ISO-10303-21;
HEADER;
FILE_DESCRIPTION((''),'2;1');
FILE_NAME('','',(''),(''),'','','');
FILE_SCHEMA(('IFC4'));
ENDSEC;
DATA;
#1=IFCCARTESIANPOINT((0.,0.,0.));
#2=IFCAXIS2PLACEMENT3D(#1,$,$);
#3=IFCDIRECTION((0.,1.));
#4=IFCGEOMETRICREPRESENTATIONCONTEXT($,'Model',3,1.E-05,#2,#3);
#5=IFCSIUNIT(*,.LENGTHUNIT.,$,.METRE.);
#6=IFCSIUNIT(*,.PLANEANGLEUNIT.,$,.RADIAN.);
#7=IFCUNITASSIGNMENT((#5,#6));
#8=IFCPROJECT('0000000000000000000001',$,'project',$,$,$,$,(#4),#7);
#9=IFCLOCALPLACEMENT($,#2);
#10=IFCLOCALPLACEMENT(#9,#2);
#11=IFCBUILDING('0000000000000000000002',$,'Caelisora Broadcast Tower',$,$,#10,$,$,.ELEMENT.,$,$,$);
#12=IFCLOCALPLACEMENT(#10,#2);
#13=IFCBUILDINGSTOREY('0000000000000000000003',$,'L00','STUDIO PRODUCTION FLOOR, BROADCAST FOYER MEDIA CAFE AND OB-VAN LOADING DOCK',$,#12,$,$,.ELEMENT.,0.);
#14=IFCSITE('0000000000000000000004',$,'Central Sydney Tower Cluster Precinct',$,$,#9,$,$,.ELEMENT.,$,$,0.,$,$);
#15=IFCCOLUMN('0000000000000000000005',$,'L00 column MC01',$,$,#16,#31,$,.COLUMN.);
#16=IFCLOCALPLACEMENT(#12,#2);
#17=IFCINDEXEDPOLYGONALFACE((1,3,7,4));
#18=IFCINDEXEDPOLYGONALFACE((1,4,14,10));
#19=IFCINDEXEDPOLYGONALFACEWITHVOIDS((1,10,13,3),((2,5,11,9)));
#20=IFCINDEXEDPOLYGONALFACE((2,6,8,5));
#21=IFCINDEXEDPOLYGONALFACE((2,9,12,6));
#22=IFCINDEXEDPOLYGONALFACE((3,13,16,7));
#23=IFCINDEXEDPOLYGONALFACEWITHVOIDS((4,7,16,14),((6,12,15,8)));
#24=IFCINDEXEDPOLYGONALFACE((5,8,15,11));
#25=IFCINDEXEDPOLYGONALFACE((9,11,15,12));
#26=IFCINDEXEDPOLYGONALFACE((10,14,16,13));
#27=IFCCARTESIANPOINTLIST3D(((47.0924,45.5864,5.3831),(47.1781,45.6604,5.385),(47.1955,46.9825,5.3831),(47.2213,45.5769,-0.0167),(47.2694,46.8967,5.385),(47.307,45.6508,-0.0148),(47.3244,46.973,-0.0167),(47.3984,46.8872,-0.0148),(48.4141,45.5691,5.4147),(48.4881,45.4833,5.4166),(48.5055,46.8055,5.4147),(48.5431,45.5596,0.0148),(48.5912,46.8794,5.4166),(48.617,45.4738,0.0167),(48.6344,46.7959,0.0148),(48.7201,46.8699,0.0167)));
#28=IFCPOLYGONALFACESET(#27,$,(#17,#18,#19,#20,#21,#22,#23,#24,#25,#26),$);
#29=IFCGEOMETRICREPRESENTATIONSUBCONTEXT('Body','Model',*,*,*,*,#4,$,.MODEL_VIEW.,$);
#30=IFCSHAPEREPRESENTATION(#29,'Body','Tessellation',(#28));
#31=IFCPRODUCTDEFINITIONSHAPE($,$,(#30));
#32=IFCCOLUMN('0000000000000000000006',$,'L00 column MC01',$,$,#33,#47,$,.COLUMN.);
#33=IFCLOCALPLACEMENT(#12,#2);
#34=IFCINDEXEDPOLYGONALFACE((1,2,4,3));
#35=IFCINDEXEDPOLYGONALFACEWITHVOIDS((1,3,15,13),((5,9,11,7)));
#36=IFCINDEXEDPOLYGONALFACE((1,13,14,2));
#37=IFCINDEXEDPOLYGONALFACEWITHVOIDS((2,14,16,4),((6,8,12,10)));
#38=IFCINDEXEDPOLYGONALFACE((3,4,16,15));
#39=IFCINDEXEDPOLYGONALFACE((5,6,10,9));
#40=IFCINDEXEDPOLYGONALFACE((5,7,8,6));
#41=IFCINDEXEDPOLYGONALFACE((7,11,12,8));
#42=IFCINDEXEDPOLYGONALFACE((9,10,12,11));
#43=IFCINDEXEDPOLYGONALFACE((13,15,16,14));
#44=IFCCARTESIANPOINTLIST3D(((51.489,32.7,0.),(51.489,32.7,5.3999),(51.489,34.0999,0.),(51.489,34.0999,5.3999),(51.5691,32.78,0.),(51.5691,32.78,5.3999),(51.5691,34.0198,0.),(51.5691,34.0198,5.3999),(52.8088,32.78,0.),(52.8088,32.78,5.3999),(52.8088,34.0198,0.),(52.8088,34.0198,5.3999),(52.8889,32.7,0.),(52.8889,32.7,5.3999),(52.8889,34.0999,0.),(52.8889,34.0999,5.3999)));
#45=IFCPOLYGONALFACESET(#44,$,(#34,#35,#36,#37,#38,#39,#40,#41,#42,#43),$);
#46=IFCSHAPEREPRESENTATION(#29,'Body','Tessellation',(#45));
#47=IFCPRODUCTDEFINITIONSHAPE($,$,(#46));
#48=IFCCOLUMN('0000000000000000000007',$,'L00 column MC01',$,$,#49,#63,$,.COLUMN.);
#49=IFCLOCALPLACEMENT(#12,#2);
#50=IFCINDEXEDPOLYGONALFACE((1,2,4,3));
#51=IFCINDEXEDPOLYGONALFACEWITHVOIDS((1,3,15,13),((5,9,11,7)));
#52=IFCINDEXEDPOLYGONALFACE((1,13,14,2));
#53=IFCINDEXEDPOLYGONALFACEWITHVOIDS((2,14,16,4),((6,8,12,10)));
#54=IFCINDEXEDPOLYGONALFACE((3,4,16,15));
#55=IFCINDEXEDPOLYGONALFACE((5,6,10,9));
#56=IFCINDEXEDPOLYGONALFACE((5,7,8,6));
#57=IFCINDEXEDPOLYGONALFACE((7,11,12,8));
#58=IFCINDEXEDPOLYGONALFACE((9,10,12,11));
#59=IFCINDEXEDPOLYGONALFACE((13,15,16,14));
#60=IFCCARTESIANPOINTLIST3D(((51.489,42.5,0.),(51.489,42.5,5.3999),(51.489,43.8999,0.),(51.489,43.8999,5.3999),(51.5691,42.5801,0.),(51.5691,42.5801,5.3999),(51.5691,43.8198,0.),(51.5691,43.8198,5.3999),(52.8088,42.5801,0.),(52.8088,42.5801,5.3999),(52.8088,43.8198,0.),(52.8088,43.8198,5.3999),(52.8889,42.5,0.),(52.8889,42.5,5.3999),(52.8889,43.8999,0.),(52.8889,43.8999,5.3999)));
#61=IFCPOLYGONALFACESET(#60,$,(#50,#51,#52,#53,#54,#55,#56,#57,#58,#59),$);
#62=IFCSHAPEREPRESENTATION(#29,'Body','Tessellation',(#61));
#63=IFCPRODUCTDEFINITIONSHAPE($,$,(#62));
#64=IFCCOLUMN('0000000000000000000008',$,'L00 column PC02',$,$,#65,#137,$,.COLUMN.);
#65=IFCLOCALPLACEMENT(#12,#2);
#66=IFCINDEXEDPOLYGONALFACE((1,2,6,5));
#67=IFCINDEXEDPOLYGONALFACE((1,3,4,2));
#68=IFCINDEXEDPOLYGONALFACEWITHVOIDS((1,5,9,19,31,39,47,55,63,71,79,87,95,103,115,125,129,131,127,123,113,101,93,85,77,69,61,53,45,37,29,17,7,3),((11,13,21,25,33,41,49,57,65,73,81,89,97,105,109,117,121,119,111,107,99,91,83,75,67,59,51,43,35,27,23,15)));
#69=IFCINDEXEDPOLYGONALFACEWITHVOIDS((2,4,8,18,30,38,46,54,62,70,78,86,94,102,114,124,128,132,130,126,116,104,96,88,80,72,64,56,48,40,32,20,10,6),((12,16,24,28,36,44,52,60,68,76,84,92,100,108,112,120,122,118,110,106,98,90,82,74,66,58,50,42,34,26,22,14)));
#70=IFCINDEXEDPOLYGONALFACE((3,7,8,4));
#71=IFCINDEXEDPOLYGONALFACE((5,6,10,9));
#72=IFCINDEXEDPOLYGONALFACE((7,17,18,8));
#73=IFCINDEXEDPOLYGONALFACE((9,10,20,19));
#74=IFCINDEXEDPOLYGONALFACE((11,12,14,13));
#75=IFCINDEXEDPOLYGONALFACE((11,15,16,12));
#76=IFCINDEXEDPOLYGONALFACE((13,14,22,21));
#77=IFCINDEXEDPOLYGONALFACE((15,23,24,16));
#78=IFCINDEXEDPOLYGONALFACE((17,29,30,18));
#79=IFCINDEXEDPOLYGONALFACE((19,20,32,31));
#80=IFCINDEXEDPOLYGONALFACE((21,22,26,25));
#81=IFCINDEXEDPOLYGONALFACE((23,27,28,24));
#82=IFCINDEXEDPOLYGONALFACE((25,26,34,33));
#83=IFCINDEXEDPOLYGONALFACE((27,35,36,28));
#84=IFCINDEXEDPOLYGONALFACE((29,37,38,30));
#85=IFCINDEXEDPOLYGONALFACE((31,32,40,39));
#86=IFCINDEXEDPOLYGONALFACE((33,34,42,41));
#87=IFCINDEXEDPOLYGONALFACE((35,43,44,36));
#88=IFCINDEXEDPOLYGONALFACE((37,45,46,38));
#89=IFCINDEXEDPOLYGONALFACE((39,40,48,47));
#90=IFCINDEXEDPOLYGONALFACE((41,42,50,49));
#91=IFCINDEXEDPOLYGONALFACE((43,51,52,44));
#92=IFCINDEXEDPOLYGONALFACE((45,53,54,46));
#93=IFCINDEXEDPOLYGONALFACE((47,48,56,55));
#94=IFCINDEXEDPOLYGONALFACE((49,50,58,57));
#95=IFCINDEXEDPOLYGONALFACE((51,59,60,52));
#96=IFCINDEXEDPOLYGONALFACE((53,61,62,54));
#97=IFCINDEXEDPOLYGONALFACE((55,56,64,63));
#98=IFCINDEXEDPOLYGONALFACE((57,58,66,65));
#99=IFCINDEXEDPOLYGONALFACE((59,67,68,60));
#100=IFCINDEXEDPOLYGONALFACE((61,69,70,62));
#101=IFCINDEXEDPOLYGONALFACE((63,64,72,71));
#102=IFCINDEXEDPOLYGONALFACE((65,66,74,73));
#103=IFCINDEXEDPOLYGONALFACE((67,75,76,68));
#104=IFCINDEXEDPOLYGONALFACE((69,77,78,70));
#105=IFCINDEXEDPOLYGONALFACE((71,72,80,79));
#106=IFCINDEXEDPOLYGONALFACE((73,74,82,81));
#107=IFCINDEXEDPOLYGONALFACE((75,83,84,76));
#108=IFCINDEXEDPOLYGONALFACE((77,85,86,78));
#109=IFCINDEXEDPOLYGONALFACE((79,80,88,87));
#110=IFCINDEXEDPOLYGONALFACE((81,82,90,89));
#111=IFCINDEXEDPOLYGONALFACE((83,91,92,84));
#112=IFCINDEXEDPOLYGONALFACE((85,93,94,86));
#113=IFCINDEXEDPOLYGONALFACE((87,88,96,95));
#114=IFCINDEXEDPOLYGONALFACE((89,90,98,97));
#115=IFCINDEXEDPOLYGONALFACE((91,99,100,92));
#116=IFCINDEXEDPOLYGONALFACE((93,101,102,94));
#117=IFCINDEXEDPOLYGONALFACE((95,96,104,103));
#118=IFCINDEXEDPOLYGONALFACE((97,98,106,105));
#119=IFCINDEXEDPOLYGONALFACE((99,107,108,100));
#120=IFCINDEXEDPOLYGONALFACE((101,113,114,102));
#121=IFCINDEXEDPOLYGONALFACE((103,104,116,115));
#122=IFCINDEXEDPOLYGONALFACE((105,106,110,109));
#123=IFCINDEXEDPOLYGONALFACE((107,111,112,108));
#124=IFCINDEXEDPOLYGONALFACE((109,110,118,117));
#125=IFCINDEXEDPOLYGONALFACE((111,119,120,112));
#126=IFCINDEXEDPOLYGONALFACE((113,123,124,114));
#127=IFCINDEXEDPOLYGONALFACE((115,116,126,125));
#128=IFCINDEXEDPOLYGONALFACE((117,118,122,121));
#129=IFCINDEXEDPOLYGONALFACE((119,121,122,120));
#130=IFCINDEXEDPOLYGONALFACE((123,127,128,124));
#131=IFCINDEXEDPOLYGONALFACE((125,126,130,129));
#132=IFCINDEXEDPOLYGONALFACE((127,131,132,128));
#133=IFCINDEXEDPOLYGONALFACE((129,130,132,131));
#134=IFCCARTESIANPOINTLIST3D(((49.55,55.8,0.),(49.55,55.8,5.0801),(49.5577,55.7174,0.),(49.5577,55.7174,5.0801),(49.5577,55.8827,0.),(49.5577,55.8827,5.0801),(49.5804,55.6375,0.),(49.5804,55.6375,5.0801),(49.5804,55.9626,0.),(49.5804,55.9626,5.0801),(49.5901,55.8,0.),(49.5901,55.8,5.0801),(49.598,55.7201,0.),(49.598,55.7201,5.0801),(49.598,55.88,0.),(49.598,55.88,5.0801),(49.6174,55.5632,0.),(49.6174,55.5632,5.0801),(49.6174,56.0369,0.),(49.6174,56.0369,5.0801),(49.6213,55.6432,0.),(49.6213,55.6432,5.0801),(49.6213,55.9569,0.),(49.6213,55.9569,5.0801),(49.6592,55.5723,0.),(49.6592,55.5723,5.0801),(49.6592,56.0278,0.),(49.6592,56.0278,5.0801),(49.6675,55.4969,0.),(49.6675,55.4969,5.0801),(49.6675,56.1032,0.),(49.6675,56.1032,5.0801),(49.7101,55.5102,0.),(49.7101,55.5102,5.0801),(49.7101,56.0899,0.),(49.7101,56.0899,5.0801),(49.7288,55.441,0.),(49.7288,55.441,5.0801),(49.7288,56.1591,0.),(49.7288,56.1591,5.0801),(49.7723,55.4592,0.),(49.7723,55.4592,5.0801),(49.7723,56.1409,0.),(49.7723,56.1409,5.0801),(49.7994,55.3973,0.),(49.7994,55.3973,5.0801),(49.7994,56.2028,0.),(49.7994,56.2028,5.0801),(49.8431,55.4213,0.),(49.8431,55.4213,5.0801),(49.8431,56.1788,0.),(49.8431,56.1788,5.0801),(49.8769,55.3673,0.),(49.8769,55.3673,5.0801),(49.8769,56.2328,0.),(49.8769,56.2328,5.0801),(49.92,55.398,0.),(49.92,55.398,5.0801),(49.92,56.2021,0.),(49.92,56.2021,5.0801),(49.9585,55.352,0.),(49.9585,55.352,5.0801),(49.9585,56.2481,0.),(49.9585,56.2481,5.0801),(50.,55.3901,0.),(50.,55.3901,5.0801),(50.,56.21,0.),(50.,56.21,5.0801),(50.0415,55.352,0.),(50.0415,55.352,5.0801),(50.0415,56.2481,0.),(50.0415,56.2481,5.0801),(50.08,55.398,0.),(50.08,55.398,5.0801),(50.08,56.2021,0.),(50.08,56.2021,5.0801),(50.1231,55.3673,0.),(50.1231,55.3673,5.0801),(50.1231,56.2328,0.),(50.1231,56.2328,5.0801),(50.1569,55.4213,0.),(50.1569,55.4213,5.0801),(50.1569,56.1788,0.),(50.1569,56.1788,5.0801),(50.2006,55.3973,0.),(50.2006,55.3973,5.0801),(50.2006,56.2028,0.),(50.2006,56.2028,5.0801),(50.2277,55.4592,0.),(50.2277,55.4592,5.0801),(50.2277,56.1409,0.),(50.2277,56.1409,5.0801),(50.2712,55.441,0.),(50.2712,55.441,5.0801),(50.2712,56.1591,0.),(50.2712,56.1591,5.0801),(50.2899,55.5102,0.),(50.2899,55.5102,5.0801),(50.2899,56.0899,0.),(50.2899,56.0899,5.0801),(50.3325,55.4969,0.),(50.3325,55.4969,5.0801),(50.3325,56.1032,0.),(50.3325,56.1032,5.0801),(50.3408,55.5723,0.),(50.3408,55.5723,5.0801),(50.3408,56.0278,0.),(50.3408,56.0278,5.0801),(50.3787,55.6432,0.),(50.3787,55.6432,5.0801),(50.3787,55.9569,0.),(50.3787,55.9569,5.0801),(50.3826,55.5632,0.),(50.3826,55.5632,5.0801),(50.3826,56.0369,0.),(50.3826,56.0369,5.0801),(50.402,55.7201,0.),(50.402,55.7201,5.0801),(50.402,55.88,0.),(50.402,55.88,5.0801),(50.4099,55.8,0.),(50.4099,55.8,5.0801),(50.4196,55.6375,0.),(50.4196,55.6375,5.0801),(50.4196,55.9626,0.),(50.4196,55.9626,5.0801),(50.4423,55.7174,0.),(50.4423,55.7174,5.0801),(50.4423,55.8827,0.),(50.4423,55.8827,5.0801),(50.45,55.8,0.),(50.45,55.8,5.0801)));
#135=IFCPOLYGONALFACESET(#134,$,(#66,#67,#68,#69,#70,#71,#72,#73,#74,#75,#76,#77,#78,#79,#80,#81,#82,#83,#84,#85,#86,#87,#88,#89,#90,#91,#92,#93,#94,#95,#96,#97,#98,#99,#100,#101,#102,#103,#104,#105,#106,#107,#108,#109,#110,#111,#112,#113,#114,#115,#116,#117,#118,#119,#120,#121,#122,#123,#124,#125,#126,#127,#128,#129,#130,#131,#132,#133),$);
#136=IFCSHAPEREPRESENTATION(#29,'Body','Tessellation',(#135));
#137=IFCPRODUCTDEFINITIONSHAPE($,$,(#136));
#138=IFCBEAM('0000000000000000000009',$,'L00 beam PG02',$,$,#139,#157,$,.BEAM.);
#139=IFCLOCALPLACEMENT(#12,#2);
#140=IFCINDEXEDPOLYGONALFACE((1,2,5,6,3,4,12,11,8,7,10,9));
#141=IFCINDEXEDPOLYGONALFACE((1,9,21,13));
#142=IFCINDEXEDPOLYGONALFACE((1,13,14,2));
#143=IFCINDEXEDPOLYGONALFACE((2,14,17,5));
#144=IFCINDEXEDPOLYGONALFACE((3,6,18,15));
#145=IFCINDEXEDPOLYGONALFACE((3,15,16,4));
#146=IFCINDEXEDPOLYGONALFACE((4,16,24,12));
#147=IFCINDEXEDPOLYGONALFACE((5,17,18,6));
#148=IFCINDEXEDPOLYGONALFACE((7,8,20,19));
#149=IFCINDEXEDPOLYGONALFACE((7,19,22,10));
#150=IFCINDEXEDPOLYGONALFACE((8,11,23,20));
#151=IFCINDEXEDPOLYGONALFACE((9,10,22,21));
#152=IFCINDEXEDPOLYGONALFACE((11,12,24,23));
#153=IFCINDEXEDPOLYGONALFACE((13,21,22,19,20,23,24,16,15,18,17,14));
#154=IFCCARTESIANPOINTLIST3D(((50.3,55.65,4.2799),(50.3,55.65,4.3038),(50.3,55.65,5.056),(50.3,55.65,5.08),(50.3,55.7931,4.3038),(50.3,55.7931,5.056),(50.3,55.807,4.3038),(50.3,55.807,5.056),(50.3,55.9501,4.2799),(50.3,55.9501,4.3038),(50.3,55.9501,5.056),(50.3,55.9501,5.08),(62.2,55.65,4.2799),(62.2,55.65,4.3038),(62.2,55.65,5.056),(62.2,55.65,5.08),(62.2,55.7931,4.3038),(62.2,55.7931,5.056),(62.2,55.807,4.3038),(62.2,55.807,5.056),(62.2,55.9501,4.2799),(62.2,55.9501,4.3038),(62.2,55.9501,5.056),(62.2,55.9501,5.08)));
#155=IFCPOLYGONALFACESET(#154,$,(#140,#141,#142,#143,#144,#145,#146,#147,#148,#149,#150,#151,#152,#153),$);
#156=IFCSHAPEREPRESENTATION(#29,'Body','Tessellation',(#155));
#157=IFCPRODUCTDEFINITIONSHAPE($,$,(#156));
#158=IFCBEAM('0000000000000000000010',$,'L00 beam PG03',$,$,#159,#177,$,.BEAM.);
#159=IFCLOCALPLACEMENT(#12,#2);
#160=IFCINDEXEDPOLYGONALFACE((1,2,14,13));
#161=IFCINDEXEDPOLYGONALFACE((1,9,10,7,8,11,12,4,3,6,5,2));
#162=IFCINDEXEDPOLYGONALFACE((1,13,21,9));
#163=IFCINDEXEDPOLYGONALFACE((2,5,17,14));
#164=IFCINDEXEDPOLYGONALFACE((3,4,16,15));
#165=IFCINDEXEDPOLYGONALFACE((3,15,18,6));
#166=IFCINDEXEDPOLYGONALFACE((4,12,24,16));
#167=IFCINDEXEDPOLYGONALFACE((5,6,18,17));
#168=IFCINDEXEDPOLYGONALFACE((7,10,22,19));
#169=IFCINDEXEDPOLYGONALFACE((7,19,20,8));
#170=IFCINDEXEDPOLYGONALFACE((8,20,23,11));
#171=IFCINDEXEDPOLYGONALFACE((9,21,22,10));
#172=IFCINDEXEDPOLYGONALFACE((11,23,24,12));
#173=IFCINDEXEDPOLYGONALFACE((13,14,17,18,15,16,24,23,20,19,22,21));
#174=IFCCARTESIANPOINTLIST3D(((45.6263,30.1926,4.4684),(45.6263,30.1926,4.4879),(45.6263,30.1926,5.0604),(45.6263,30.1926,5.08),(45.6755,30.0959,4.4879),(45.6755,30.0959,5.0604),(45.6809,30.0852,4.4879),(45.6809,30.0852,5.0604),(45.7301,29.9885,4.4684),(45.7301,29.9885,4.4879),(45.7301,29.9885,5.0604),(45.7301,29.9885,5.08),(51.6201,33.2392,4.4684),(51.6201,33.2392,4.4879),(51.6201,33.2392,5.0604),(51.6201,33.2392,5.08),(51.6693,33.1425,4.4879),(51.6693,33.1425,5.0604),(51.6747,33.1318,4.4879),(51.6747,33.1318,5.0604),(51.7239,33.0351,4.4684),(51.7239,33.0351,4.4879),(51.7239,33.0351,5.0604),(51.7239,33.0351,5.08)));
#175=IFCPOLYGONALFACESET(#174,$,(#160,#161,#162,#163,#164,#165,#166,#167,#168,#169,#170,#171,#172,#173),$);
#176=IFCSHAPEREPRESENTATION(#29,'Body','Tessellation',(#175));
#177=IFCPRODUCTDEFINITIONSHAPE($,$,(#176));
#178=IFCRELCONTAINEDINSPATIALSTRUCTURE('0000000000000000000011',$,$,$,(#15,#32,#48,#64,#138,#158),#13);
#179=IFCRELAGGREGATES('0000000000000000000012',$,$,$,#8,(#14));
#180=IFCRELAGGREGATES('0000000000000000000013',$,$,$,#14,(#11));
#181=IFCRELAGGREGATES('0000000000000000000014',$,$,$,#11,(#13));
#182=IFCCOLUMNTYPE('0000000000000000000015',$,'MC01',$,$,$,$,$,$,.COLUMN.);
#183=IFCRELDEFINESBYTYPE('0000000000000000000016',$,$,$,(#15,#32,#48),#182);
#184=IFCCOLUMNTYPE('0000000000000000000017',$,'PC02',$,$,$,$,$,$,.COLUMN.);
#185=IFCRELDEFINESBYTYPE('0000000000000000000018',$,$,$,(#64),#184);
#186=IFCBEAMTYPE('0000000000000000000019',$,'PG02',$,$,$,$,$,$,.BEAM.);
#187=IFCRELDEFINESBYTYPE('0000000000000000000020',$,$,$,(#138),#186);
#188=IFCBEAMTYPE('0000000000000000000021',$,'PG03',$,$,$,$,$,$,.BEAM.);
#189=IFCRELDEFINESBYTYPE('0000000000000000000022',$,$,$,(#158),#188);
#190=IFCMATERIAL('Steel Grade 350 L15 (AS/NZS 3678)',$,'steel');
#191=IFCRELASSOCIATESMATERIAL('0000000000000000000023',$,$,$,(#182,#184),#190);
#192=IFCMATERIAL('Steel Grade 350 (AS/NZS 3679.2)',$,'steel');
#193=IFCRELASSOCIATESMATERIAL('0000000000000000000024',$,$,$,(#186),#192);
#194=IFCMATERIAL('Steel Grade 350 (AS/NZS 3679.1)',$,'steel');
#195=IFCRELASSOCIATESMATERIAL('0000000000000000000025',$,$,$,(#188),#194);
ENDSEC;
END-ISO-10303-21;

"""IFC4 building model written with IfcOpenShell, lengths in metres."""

from ifc_helpers import new_model, si_unit, direction, frame, origin, origin_2d, place, context, subcontext, project, spatial, hollow_rectangle, hollow_circle, i_section, extrude, source, transform, mapped, material, material_profile, profile_set, type_object, type_shapes, element, save


model = new_model("IFC4")

# Units and contexts
model_context = context("Model", 3, precision=1e-05, world=origin(), true_north=direction((0.0, 1.0)))
body_context = subcontext(model_context, "Body", "Model", "MODEL_VIEW")
ifc_project = project(units=[si_unit("LENGTHUNIT", "METRE"), si_unit("PLANEANGLEUNIT", "RADIAN")], contexts=[model_context])

# Site, building, storey
site_placement = place(None, origin())
site = spatial("IfcSite", under=ifc_project, at=site_placement, Name="Central Sydney Tower Cluster Precinct", CompositionType="ELEMENT", RefElevation=0.0)
building_placement = place(site_placement, origin())
building = spatial("IfcBuilding", under=site, at=building_placement, Name="Caelisora Broadcast Tower", CompositionType="ELEMENT")
storey_placement = place(building_placement, origin())
storey = spatial("IfcBuildingStorey", under=building, at=storey_placement, Name="L00", Description="STUDIO PRODUCTION FLOOR, BROADCAST FOYER MEDIA CAFE AND OB-VAN LOADING DOCK", CompositionType="ELEMENT", Elevation=0.0)

# Columns
ifc_material_1 = material(Name="Steel Grade 350 L15 (AS/NZS 3678)", Category="steel")
ifc_material_profile_1 = material_profile(ifc_material_1, hollow_rectangle(XDim=1.3999, YDim=1.3999, WallThickness=0.0801, at=origin_2d()), Name="Steel Grade 350 L15 (AS/NZS 3678)")
ifc_profile_set_1 = profile_set([ifc_material_profile_1], Name="Steel Grade 350 L15 (AS/NZS 3678)")
column_type_1 = type_object("IfcColumnType", Name="MC01", PredefinedType="COLUMN", material=ifc_profile_set_1)
shared_shape_1 = source(origin(), body_context, "Body", "SweptSolid", [
    extrude(hollow_rectangle(XDim=1.3999, YDim=1.3999, WallThickness=0.0801, at=origin_2d()), origin(), (0.0, 0.0, 1.0), 5.4014),
])
column_1_placement = place(storey_placement, frame((47.9707, 46.2234, 0.0), z_axis=(-0.023865, 0.001763, 0.999714), x_axis=(-0.073663, -0.997283, 0.0)))
element("IfcColumn", 1, at=column_1_placement, inside=storey, type_object=column_type_1, Name="L00 column MC01", PredefinedType="COLUMN", context=body_context, shape_type="MappedRepresentation", body=[
    mapped(shared_shape_1, transform((0.0, 0.0, 0.0), scale=1.0)),
])
shared_shape_2 = source(origin(), body_context, "Body", "SweptSolid", [
    extrude(hollow_rectangle(XDim=1.3999, YDim=1.3999, WallThickness=0.0801, at=origin_2d()), origin(), (0.0, 0.0, 1.0), 5.3999),
])
type_shapes(column_type_1, [shared_shape_1, shared_shape_2])
for number, where, z_axis, x_axis, name in (
    (2, (52.189, 33.3999, 0.0), (0.0, 0.0, 1.0), (1.0, 0.0, 0.0), "L00 column MC01"),
    (3, (52.189, 43.2, 0.0), (0.0, 0.0, 1.0), (1.0, 0.0, 0.0), "L00 column MC01"),
):
    element("IfcColumn", number, at=place(storey_placement, frame(where, z_axis=z_axis, x_axis=x_axis)), inside=storey, type_object=column_type_1, Name=name, PredefinedType="COLUMN", context=body_context, shape_type="MappedRepresentation", body=[
        mapped(shared_shape_2, transform((0.0, 0.0, 0.0), scale=1.0)),
    ])
ifc_material_profile_2 = material_profile(ifc_material_1, hollow_circle(Radius=0.45, WallThickness=0.04, at=origin_2d()), Name="Steel Grade 350 L15 (AS/NZS 3678)")
ifc_profile_set_2 = profile_set([ifc_material_profile_2], Name="Steel Grade 350 L15 (AS/NZS 3678)")
column_type_2 = type_object("IfcColumnType", Name="PC02", PredefinedType="COLUMN", material=ifc_profile_set_2)
shared_shape_3 = source(origin(), body_context, "Body", "SweptSolid", [
    extrude(hollow_circle(Radius=0.45, WallThickness=0.04, at=origin_2d()), origin(), (0.0, 0.0, 1.0), 5.0801),
])
type_shapes(column_type_2, [shared_shape_3])
column_2_placement = place(storey_placement, frame((50.0, 55.8, 0.0), z_axis=(0.0, 0.0, 1.0), x_axis=(1.0, 0.0, 0.0)))
element("IfcColumn", 4, at=column_2_placement, inside=storey, type_object=column_type_2, Name="L00 column PC02", PredefinedType="COLUMN", context=body_context, shape_type="MappedRepresentation", body=[
    mapped(shared_shape_3, transform((0.0, 0.0, 0.0), scale=1.0)),
])

# Beams
ifc_material_2 = material(Name="Steel Grade 350 (AS/NZS 3679.2)", Category="steel")
ifc_material_profile_3 = material_profile(ifc_material_2, i_section(OverallWidth=0.3, OverallDepth=0.8, WebThickness=0.0139, FlangeThickness=0.0239, at=origin_2d()), Name="Steel Grade 350 (AS/NZS 3679.2)")
ifc_profile_set_3 = profile_set([ifc_material_profile_3], Name="Steel Grade 350 (AS/NZS 3679.2)")
beam_type_1 = type_object("IfcBeamType", Name="PG02", PredefinedType="BEAM", material=ifc_profile_set_3)
shared_shape_4 = source(origin(), body_context, "Body", "SweptSolid", [
    extrude(i_section(OverallWidth=0.3, OverallDepth=0.8, WebThickness=0.0139, FlangeThickness=0.0239, at=origin_2d()), origin(), (0.0, 0.0, 1.0), 11.8999),
])
type_shapes(beam_type_1, [shared_shape_4])
beam_1_placement = place(storey_placement, frame((50.3, 55.8, 4.6799), z_axis=(1.0, 0.0, 0.0), x_axis=(0.0, 1.0, 0.0)))
element("IfcBeam", 5, at=beam_1_placement, inside=storey, type_object=beam_type_1, Name="L00 beam PG02", PredefinedType="BEAM", context=body_context, shape_type="MappedRepresentation", body=[
    mapped(shared_shape_4, transform((0.0, 0.0, 0.0), scale=1.0)),
])
ifc_material_3 = material(Name="Steel Grade 350 (AS/NZS 3679.1)", Category="steel")
ifc_material_profile_4 = material_profile(ifc_material_3, i_section(OverallWidth=0.229, OverallDepth=0.6116, WebThickness=0.012, FlangeThickness=0.0195, at=origin_2d()), Name="Steel Grade 350 (AS/NZS 3679.1)")
ifc_profile_set_4 = profile_set([ifc_material_profile_4], Name="Steel Grade 350 (AS/NZS 3679.1)")
beam_type_2 = type_object("IfcBeamType", Name="PG03", PredefinedType="BEAM", material=ifc_profile_set_4)
shared_shape_5 = source(origin(), body_context, "Body", "SweptSolid", [
    extrude(i_section(OverallWidth=0.229, OverallDepth=0.6116, WebThickness=0.012, FlangeThickness=0.0195, at=origin_2d()), origin(), (0.0, 0.0, 1.0), 6.7236),
])
beam_2_placement = place(storey_placement, frame((45.6782, 30.0906, 4.7742), z_axis=(0.891452, 0.453115, 0.0), x_axis=(-0.453115, 0.891452, 0.0)))
element("IfcBeam", 6, at=beam_2_placement, inside=storey, type_object=beam_type_2, Name="L00 beam PG03", PredefinedType="BEAM", context=body_context, shape_type="MappedRepresentation", body=[
    mapped(shared_shape_5, transform((0.0, 0.0, 0.0), scale=1.0)),
])

save(model, "model.ifc")
